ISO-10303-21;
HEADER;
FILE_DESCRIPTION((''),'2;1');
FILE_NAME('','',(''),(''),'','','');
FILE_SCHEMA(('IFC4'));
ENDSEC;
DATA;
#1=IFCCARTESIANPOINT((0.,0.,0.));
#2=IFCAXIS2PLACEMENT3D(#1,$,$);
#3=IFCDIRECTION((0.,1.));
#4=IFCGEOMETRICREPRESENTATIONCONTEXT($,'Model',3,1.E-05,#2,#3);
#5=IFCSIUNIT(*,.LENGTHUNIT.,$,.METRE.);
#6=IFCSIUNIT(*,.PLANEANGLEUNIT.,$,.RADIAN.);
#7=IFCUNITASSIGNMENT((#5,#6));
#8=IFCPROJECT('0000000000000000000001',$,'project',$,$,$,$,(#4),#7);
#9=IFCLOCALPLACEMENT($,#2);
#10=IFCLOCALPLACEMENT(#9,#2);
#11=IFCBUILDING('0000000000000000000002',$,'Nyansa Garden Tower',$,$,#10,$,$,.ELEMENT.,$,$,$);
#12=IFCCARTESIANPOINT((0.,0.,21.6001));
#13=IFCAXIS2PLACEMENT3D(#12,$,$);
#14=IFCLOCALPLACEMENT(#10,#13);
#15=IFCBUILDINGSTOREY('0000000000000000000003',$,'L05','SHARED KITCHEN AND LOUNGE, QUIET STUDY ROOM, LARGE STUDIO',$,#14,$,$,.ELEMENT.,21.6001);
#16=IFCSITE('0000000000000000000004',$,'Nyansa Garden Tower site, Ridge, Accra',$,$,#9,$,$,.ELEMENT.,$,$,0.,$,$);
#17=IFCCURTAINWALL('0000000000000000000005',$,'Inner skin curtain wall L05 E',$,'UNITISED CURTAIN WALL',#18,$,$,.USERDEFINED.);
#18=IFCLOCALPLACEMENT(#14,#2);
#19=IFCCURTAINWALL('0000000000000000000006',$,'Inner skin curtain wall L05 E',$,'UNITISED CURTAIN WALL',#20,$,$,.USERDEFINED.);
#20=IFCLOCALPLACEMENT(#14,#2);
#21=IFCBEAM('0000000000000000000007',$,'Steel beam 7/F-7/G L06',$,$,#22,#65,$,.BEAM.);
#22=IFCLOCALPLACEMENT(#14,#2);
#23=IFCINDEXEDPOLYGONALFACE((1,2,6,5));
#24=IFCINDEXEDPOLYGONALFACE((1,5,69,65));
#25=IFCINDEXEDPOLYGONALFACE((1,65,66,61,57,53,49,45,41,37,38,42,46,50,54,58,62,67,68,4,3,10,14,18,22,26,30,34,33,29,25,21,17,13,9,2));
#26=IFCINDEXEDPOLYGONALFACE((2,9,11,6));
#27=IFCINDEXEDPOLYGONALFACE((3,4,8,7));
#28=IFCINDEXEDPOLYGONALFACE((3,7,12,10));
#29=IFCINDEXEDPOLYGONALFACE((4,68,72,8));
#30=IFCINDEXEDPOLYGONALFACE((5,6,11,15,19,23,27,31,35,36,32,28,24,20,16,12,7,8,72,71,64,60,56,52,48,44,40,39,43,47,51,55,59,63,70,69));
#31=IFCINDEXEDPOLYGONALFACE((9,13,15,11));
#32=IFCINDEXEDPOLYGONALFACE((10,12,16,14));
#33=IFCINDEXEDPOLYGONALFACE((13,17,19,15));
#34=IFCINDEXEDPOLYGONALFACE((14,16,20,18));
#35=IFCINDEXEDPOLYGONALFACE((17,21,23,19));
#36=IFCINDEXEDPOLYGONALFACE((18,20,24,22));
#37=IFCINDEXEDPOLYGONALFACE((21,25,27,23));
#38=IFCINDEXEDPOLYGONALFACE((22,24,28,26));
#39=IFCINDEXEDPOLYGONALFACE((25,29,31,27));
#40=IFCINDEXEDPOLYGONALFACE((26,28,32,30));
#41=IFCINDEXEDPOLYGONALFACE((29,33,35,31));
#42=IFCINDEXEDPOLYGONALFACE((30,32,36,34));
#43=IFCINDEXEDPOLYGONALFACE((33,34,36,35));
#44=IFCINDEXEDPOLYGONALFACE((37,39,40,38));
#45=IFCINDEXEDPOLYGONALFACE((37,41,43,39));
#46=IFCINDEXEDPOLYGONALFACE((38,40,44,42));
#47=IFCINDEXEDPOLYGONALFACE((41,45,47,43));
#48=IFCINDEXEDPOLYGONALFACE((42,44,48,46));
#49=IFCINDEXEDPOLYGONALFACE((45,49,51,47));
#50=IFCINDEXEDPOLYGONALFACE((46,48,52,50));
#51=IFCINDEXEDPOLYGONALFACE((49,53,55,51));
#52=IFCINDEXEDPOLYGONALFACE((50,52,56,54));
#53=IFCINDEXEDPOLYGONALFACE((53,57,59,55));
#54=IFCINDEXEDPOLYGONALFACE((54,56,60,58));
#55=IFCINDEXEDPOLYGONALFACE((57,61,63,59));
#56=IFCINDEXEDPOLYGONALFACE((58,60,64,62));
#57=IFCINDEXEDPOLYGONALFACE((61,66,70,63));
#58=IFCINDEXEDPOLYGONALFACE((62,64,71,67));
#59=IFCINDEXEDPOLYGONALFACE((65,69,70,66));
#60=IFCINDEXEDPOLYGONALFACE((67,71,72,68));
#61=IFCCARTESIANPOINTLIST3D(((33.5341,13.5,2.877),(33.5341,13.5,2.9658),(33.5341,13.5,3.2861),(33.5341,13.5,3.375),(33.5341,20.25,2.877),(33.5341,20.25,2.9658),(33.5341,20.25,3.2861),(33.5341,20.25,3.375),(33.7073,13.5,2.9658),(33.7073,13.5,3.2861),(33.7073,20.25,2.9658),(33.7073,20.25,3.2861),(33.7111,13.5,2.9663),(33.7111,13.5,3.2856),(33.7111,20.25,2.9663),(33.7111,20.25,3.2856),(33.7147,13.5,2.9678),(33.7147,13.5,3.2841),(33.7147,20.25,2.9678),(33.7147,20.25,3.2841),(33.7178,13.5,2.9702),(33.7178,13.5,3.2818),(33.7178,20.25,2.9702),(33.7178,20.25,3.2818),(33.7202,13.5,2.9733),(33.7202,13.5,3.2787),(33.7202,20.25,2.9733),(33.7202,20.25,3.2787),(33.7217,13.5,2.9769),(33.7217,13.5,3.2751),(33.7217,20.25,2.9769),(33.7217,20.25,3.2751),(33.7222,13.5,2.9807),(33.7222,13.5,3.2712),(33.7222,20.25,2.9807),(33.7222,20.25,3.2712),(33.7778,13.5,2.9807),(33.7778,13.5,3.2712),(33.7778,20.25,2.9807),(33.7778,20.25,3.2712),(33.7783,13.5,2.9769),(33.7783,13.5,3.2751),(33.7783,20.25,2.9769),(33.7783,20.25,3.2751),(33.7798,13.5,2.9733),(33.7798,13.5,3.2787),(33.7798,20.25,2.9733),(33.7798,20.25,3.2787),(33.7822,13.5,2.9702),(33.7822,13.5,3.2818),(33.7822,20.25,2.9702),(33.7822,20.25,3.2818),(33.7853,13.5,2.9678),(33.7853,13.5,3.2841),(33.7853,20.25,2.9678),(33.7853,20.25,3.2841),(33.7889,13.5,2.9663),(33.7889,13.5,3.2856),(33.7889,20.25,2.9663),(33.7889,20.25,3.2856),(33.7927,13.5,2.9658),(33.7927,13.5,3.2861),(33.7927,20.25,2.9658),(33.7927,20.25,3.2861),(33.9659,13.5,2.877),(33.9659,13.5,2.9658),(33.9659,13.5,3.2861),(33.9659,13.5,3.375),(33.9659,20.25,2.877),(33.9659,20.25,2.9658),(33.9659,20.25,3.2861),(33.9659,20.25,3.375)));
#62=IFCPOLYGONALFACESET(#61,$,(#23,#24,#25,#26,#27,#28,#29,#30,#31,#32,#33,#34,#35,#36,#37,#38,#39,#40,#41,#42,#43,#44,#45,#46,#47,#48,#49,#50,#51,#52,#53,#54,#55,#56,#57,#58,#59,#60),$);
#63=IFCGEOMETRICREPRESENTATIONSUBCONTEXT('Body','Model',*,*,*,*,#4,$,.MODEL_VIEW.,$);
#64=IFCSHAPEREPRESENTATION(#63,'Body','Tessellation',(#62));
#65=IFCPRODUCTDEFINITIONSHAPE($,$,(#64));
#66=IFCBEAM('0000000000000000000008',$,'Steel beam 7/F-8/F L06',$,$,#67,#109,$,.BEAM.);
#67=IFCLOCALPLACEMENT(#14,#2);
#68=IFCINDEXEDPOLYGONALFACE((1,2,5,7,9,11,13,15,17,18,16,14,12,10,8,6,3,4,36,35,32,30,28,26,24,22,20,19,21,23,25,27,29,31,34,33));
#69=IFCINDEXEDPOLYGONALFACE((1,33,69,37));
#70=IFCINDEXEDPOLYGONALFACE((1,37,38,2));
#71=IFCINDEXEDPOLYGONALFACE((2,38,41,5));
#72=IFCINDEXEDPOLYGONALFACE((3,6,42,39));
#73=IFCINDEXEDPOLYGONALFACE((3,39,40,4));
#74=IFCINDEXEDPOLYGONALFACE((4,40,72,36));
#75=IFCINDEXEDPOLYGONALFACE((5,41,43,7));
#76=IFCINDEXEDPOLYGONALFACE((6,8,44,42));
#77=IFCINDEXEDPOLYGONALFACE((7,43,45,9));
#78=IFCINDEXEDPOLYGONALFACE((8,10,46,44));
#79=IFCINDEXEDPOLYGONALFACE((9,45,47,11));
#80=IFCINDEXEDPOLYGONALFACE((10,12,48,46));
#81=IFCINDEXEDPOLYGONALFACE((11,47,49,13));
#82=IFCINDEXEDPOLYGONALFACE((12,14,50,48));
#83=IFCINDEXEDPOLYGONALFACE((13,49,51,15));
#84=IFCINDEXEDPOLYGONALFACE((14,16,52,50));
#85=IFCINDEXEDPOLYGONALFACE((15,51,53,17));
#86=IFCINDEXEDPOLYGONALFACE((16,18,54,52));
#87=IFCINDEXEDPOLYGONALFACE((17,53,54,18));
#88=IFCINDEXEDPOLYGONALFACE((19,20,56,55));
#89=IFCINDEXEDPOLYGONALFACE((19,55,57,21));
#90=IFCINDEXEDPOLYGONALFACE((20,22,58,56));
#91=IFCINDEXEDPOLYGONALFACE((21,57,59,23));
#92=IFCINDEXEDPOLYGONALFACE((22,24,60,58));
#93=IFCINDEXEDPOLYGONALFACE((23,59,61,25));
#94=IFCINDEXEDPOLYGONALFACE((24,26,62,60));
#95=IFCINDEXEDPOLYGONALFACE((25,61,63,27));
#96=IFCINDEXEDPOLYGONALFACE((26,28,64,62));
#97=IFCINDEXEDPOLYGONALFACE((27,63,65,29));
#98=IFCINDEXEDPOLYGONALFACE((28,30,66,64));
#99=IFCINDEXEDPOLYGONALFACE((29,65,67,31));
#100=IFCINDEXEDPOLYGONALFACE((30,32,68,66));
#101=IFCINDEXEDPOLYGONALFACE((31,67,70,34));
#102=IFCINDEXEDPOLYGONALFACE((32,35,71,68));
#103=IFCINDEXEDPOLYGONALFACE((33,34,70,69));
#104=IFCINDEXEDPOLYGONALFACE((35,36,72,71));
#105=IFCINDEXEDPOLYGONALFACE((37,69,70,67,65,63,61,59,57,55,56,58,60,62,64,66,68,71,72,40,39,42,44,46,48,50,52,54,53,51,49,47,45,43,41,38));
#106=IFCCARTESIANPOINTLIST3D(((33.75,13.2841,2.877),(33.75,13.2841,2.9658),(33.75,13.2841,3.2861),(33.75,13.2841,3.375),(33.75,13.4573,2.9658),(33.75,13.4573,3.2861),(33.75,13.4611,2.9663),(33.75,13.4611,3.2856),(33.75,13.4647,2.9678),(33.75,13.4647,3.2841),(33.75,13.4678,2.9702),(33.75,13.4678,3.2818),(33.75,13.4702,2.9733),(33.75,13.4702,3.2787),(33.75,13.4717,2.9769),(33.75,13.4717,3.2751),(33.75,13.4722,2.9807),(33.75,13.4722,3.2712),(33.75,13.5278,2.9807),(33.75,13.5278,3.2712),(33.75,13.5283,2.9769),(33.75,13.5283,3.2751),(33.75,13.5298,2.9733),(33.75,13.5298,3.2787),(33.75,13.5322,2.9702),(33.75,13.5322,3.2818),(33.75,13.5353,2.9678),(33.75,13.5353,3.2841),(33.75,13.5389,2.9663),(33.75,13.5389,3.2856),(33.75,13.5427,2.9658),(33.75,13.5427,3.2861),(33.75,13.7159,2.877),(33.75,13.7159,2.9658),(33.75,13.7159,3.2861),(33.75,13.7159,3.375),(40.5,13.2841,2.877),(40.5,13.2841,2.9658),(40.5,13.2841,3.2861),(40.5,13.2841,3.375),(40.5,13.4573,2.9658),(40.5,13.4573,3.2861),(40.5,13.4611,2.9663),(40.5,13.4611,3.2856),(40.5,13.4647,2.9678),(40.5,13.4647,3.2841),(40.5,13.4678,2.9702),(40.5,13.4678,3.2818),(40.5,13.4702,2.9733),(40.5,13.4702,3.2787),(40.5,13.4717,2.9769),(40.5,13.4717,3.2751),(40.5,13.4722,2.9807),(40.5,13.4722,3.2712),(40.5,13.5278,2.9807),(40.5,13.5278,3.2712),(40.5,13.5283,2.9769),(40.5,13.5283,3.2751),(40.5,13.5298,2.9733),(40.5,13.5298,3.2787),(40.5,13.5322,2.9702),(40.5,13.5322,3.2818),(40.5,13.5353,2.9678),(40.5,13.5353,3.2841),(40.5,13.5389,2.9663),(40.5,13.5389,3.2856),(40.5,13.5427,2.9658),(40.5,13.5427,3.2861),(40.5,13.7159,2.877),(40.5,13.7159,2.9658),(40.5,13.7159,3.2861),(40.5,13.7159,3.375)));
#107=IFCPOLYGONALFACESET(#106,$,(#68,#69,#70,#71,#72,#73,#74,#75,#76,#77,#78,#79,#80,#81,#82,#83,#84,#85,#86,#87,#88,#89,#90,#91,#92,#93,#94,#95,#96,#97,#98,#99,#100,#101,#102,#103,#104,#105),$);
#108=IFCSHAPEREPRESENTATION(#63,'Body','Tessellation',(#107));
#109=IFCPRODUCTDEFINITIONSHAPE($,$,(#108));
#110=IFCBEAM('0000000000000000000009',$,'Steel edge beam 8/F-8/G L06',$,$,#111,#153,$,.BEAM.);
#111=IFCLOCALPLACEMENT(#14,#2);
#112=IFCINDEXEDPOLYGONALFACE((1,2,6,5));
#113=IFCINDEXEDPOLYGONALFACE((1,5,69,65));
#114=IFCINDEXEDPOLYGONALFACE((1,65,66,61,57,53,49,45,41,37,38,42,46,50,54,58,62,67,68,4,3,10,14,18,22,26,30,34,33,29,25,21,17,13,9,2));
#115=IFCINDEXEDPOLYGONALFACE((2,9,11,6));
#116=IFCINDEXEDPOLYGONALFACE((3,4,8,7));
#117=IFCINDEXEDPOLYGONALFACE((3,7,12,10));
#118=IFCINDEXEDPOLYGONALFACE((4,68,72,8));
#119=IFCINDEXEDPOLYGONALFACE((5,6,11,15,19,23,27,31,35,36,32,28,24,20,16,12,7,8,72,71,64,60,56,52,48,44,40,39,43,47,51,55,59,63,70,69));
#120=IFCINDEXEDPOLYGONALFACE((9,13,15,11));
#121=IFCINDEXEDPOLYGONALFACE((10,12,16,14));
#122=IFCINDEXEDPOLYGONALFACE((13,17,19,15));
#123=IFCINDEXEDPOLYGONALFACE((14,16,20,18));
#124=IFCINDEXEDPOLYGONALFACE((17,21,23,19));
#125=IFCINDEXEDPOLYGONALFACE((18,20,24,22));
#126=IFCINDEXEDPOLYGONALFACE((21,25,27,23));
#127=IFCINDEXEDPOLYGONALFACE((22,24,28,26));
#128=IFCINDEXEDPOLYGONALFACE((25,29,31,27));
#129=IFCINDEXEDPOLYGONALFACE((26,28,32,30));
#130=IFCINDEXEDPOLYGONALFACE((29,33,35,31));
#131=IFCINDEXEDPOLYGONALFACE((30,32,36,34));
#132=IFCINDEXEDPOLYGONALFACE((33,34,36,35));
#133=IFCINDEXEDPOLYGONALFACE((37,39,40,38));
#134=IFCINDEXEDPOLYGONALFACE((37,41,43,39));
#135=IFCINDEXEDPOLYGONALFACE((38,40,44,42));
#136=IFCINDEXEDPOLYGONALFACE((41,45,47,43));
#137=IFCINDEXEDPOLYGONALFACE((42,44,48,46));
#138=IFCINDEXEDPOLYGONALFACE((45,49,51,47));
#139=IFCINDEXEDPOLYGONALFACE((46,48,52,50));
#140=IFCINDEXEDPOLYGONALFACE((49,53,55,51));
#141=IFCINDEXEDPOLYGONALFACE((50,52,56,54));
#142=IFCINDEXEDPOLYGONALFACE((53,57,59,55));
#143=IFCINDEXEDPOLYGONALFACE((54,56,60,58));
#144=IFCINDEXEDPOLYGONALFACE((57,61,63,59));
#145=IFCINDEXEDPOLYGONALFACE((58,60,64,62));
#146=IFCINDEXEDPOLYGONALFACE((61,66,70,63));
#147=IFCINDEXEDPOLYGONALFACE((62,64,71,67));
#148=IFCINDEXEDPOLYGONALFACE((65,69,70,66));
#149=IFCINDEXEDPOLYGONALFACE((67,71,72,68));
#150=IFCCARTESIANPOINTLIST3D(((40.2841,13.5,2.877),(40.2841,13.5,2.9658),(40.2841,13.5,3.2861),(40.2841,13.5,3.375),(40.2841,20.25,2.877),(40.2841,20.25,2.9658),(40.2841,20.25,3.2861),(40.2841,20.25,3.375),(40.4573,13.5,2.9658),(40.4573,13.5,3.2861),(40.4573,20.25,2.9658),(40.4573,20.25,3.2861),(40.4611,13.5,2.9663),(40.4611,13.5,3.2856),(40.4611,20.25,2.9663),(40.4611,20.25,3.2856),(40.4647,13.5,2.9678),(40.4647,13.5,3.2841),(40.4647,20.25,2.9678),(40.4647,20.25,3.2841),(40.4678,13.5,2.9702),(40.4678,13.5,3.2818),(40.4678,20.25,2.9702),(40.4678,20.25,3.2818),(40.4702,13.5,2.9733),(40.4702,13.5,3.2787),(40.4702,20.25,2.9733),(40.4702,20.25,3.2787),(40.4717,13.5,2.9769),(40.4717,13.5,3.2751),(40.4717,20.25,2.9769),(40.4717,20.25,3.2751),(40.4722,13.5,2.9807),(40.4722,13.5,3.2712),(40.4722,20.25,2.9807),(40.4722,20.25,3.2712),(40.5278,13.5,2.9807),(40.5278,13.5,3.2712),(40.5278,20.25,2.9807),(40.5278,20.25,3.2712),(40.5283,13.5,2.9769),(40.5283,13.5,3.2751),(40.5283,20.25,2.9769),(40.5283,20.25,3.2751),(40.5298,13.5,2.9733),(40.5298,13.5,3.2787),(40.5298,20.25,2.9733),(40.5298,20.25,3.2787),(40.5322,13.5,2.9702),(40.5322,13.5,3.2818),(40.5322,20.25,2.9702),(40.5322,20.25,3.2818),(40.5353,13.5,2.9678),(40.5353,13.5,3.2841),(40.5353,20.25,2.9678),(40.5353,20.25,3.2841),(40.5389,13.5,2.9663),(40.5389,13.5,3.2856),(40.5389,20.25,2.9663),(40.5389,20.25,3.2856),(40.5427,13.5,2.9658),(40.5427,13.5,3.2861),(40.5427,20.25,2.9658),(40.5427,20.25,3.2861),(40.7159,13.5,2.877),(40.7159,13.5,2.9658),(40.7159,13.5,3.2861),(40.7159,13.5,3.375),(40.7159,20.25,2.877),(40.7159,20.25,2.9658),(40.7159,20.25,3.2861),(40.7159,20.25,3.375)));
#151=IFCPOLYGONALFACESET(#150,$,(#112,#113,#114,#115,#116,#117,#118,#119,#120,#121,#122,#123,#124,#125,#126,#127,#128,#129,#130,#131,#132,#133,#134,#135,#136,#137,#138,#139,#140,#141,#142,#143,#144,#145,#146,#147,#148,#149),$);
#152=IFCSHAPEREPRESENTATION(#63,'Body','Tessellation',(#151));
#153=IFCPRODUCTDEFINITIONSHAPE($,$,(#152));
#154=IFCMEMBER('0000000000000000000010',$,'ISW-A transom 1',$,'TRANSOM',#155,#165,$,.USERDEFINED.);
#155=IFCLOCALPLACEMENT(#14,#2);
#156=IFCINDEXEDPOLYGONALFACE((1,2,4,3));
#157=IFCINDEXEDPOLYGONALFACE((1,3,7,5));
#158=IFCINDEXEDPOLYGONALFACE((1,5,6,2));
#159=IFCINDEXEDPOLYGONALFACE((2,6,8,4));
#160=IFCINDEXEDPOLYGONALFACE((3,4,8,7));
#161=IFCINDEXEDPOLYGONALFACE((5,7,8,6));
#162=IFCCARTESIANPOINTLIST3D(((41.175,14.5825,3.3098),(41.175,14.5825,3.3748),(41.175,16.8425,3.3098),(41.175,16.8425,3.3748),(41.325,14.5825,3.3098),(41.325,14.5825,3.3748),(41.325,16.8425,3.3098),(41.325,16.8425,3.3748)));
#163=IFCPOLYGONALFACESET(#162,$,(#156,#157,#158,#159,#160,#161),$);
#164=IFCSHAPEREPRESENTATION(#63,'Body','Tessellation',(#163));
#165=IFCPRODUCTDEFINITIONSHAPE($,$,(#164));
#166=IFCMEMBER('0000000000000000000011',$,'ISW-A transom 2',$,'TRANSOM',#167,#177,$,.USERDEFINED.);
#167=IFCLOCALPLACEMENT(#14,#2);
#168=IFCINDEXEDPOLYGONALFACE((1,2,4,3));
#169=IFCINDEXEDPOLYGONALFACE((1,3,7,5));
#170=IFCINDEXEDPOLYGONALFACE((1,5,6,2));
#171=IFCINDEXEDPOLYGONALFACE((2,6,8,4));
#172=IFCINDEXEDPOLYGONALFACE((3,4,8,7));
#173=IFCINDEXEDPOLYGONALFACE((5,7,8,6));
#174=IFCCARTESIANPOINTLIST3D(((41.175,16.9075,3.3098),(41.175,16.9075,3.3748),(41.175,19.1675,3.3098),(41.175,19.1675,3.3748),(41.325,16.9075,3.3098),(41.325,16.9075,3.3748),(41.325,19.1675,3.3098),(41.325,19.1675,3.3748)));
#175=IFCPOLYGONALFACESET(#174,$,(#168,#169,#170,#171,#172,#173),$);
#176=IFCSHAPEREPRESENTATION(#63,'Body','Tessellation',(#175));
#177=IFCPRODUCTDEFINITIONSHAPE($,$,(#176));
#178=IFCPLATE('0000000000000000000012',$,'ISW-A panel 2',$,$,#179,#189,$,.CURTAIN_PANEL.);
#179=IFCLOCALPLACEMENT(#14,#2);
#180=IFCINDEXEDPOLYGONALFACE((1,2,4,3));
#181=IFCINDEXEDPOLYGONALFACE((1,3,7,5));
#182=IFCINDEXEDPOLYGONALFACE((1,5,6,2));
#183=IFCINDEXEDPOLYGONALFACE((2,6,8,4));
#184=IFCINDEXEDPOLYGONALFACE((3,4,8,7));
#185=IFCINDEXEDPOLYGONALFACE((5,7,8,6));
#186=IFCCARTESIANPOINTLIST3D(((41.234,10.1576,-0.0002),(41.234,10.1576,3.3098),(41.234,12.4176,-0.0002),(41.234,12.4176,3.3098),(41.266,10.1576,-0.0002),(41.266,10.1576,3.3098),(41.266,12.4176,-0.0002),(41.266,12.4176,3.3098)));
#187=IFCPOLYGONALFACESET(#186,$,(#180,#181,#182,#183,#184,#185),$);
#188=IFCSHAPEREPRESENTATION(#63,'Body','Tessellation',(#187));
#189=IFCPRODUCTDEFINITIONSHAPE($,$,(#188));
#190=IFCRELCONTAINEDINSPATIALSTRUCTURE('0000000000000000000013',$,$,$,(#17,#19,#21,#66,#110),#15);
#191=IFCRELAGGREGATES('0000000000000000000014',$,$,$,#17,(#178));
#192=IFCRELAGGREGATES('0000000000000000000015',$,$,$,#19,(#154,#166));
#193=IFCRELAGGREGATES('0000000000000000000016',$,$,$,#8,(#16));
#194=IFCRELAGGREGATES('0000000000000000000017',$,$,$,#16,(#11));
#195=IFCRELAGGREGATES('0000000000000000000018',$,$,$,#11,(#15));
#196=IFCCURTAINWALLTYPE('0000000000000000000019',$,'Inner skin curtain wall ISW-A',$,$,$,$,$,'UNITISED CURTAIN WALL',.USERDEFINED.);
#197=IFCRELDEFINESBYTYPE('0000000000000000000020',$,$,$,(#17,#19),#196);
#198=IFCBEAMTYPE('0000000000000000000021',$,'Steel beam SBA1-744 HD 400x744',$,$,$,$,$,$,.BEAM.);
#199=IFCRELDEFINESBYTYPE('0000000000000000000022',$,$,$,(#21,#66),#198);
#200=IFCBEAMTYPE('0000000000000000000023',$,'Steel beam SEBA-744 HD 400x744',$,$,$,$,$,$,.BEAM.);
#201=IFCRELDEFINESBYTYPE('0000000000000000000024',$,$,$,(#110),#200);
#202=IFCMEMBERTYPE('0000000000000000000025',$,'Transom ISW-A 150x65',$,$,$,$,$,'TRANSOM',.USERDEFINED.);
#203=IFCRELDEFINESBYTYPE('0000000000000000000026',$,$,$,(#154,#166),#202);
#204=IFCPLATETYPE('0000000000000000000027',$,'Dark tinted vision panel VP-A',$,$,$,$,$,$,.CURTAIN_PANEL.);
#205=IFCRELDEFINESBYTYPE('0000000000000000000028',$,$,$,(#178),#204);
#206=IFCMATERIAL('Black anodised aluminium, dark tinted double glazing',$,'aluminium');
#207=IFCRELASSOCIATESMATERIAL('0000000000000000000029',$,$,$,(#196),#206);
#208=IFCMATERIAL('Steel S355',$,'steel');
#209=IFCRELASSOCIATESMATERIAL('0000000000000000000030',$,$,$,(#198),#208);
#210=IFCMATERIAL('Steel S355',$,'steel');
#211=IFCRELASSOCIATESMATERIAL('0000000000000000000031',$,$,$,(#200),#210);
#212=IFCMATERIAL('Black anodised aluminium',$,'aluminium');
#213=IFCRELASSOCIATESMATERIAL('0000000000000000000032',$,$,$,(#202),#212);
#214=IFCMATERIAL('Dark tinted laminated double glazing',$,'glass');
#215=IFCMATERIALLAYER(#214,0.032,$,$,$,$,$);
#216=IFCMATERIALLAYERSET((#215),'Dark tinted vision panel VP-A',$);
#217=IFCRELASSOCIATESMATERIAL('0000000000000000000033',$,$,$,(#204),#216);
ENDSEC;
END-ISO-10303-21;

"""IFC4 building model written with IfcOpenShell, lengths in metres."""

from ifc_helpers import new_model, si_unit, direction, frame, origin, origin_2d, place, context, subcontext, project, spatial, rectangle, i_section, extrude, material, layer, layer_set, material_profile, profile_set, type_object, element, aggregate, save


model = new_model("IFC4")

# Units and contexts
model_context = context("Model", 3, precision=1e-05, world=origin(), true_north=direction((0.0, 1.0)))
body_context = subcontext(model_context, "Body", "Model", "MODEL_VIEW")
ifc_project = project(units=[si_unit("LENGTHUNIT", "METRE"), si_unit("PLANEANGLEUNIT", "RADIAN")], contexts=[model_context])

# Site, building, storey
site_placement = place(None, origin())
site = spatial("IfcSite", under=ifc_project, at=site_placement, Name="Nyansa Garden Tower site, Ridge, Accra", CompositionType="ELEMENT", RefElevation=0.0)
building_placement = place(site_placement, origin())
building = spatial("IfcBuilding", under=site, at=building_placement, Name="Nyansa Garden Tower", CompositionType="ELEMENT")
storey_placement = place(building_placement, frame((0.0, 0.0, 21.6001)))
storey = spatial("IfcBuildingStorey", under=building, at=storey_placement, Name="L05", Description="SHARED KITCHEN AND LOUNGE, QUIET STUDY ROOM, LARGE STUDIO", CompositionType="ELEMENT", Elevation=21.6001)

# Curtain wall
ifc_material_1 = material(Name="Black anodised aluminium, dark tinted double glazing", Category="aluminium")
curtain_wall_type = type_object("IfcCurtainWallType", Name="Inner skin curtain wall ISW-A", ElementType="UNITISED CURTAIN WALL", PredefinedType="USERDEFINED", material=ifc_material_1)
curtain_wall_1_placement = place(storey_placement, origin())
curtain_wall_1 = element("IfcCurtainWall", 1, at=curtain_wall_1_placement, inside=storey, type_object=curtain_wall_type, Name="Inner skin curtain wall L05 E", ObjectType="UNITISED CURTAIN WALL", PredefinedType="USERDEFINED")

# Curtain wall
curtain_wall_2_placement = place(storey_placement, origin())
curtain_wall_2 = element("IfcCurtainWall", 2, at=curtain_wall_2_placement, inside=storey, type_object=curtain_wall_type, Name="Inner skin curtain wall L05 E", ObjectType="UNITISED CURTAIN WALL", PredefinedType="USERDEFINED")

# Beams
ifc_material_2 = material(Name="Steel S355", Category="steel")
ifc_material_profile_1 = material_profile(ifc_material_2, i_section(OverallWidth=0.4319, OverallDepth=0.498, WebThickness=0.0557, FlangeThickness=0.0889, FilletRadius=0.0149, at=origin_2d()), Name="HD 400x744")
ifc_profile_set_1 = profile_set([ifc_material_profile_1], Name="Steel S355")
beam_type_1 = type_object("IfcBeamType", Name="Steel beam SBA1-744 HD 400x744", PredefinedType="BEAM", material=ifc_profile_set_1)
for number, where, z_axis, x_axis, name in (
    (3, (33.75, 13.5, 3.126), (0.0, 1.0, 0.0), (-1.0, 0.0, 0.0), "Steel beam 7/F-7/G L06"),
    (4, (33.75, 13.5, 3.126), (1.0, 0.0, 0.0), (0.0, 1.0, 0.0), "Steel beam 7/F-8/F L06"),
):
    element("IfcBeam", number, at=place(storey_placement, frame(where, z_axis=z_axis, x_axis=x_axis)), inside=storey, type_object=beam_type_1, Name=name, PredefinedType="BEAM", context=body_context, shape_type="SweptSolid", body=[
        extrude(i_section(OverallWidth=0.4319, OverallDepth=0.498, WebThickness=0.0557, FlangeThickness=0.0889, FilletRadius=0.0149, at=origin_2d()), origin(), (0.0, 0.0, 1.0), 6.75),
    ])
ifc_material_3 = material(Name="Steel S355", Category="steel")
ifc_material_profile_2 = material_profile(ifc_material_3, i_section(OverallWidth=0.4319, OverallDepth=0.498, WebThickness=0.0557, FlangeThickness=0.0889, FilletRadius=0.0149, at=origin_2d()), Name="HD 400x744")
ifc_profile_set_2 = profile_set([ifc_material_profile_2], Name="Steel S355")
beam_type_2 = type_object("IfcBeamType", Name="Steel beam SEBA-744 HD 400x744", PredefinedType="BEAM", material=ifc_profile_set_2)
beam_1_placement = place(storey_placement, frame((40.5, 13.5, 3.126), z_axis=(0.0, 1.0, 0.0), x_axis=(-1.0, 0.0, 0.0)))
element("IfcBeam", 5, at=beam_1_placement, inside=storey, type_object=beam_type_2, Name="Steel edge beam 8/F-8/G L06", PredefinedType="BEAM", context=body_context, shape_type="SweptSolid", body=[
    extrude(i_section(OverallWidth=0.4319, OverallDepth=0.498, WebThickness=0.0557, FlangeThickness=0.0889, FilletRadius=0.0149, at=origin_2d()), origin(), (0.0, 0.0, 1.0), 6.75),
])

# Members
ifc_material_4 = material(Name="Black anodised aluminium", Category="aluminium")
ifc_material_profile_3 = material_profile(ifc_material_4, rectangle(XDim=0.1499, YDim=0.0649, at=origin_2d()), Name="Transom 150x65")
ifc_profile_set_3 = profile_set([ifc_material_profile_3], Name="Black anodised aluminium")
member_type_1 = type_object("IfcMemberType", Name="Transom ISW-A 150x65", ElementType="TRANSOM", PredefinedType="USERDEFINED", material=ifc_profile_set_3)
member_1_placement = place(storey_placement, frame((41.25, 14.5825, 3.3423), z_axis=(0.0, 1.0, 0.0), x_axis=(-1.0, 0.0, 0.0)))
member_1 = element("IfcMember", 6, at=member_1_placement, type_object=member_type_1, Name="ISW-A transom 1", ObjectType="TRANSOM", PredefinedType="USERDEFINED", context=body_context, shape_type="SweptSolid", body=[
    extrude(rectangle(XDim=0.1499, YDim=0.0649, at=origin_2d()), origin(), (0.0, 0.0, 1.0), 2.26),
])
member_2_placement = place(storey_placement, frame((41.25, 16.9075, 3.3423), z_axis=(0.0, 1.0, 0.0), x_axis=(-1.0, 0.0, 0.0)))
member_2 = element("IfcMember", 7, at=member_2_placement, type_object=member_type_1, Name="ISW-A transom 2", ObjectType="TRANSOM", PredefinedType="USERDEFINED", context=body_context, shape_type="SweptSolid", body=[
    extrude(rectangle(XDim=0.1499, YDim=0.0649, at=origin_2d()), origin(), (0.0, 0.0, 1.0), 2.26),
])

# Plate
ifc_material_5 = material(Name="Dark tinted laminated double glazing", Category="glass")
ifc_layer_1 = layer(ifc_material_5, 0.032)
ifc_layer_set_1 = layer_set([ifc_layer_1], Name="Dark tinted vision panel VP-A")
plate_type_1 = type_object("IfcPlateType", Name="Dark tinted vision panel VP-A", PredefinedType="CURTAIN_PANEL", material=ifc_layer_set_1)
plate_1_placement = place(storey_placement, frame((41.25, 11.2876, -0.0002), z_axis=(0.0, 0.0, 1.0), x_axis=(0.0, 1.0, 0.0)))
plate_1 = element("IfcPlate", 8, at=plate_1_placement, type_object=plate_type_1, Name="ISW-A panel 2", PredefinedType="CURTAIN_PANEL", context=body_context, shape_type="SweptSolid", body=[
    extrude(rectangle(XDim=2.26, YDim=0.032, at=origin_2d()), origin(), (0.0, 0.0, 1.0), 3.3101),
])
aggregate(curtain_wall_1, [plate_1])
aggregate(curtain_wall_2, [member_1, member_2])

save(model, "model.ifc")
